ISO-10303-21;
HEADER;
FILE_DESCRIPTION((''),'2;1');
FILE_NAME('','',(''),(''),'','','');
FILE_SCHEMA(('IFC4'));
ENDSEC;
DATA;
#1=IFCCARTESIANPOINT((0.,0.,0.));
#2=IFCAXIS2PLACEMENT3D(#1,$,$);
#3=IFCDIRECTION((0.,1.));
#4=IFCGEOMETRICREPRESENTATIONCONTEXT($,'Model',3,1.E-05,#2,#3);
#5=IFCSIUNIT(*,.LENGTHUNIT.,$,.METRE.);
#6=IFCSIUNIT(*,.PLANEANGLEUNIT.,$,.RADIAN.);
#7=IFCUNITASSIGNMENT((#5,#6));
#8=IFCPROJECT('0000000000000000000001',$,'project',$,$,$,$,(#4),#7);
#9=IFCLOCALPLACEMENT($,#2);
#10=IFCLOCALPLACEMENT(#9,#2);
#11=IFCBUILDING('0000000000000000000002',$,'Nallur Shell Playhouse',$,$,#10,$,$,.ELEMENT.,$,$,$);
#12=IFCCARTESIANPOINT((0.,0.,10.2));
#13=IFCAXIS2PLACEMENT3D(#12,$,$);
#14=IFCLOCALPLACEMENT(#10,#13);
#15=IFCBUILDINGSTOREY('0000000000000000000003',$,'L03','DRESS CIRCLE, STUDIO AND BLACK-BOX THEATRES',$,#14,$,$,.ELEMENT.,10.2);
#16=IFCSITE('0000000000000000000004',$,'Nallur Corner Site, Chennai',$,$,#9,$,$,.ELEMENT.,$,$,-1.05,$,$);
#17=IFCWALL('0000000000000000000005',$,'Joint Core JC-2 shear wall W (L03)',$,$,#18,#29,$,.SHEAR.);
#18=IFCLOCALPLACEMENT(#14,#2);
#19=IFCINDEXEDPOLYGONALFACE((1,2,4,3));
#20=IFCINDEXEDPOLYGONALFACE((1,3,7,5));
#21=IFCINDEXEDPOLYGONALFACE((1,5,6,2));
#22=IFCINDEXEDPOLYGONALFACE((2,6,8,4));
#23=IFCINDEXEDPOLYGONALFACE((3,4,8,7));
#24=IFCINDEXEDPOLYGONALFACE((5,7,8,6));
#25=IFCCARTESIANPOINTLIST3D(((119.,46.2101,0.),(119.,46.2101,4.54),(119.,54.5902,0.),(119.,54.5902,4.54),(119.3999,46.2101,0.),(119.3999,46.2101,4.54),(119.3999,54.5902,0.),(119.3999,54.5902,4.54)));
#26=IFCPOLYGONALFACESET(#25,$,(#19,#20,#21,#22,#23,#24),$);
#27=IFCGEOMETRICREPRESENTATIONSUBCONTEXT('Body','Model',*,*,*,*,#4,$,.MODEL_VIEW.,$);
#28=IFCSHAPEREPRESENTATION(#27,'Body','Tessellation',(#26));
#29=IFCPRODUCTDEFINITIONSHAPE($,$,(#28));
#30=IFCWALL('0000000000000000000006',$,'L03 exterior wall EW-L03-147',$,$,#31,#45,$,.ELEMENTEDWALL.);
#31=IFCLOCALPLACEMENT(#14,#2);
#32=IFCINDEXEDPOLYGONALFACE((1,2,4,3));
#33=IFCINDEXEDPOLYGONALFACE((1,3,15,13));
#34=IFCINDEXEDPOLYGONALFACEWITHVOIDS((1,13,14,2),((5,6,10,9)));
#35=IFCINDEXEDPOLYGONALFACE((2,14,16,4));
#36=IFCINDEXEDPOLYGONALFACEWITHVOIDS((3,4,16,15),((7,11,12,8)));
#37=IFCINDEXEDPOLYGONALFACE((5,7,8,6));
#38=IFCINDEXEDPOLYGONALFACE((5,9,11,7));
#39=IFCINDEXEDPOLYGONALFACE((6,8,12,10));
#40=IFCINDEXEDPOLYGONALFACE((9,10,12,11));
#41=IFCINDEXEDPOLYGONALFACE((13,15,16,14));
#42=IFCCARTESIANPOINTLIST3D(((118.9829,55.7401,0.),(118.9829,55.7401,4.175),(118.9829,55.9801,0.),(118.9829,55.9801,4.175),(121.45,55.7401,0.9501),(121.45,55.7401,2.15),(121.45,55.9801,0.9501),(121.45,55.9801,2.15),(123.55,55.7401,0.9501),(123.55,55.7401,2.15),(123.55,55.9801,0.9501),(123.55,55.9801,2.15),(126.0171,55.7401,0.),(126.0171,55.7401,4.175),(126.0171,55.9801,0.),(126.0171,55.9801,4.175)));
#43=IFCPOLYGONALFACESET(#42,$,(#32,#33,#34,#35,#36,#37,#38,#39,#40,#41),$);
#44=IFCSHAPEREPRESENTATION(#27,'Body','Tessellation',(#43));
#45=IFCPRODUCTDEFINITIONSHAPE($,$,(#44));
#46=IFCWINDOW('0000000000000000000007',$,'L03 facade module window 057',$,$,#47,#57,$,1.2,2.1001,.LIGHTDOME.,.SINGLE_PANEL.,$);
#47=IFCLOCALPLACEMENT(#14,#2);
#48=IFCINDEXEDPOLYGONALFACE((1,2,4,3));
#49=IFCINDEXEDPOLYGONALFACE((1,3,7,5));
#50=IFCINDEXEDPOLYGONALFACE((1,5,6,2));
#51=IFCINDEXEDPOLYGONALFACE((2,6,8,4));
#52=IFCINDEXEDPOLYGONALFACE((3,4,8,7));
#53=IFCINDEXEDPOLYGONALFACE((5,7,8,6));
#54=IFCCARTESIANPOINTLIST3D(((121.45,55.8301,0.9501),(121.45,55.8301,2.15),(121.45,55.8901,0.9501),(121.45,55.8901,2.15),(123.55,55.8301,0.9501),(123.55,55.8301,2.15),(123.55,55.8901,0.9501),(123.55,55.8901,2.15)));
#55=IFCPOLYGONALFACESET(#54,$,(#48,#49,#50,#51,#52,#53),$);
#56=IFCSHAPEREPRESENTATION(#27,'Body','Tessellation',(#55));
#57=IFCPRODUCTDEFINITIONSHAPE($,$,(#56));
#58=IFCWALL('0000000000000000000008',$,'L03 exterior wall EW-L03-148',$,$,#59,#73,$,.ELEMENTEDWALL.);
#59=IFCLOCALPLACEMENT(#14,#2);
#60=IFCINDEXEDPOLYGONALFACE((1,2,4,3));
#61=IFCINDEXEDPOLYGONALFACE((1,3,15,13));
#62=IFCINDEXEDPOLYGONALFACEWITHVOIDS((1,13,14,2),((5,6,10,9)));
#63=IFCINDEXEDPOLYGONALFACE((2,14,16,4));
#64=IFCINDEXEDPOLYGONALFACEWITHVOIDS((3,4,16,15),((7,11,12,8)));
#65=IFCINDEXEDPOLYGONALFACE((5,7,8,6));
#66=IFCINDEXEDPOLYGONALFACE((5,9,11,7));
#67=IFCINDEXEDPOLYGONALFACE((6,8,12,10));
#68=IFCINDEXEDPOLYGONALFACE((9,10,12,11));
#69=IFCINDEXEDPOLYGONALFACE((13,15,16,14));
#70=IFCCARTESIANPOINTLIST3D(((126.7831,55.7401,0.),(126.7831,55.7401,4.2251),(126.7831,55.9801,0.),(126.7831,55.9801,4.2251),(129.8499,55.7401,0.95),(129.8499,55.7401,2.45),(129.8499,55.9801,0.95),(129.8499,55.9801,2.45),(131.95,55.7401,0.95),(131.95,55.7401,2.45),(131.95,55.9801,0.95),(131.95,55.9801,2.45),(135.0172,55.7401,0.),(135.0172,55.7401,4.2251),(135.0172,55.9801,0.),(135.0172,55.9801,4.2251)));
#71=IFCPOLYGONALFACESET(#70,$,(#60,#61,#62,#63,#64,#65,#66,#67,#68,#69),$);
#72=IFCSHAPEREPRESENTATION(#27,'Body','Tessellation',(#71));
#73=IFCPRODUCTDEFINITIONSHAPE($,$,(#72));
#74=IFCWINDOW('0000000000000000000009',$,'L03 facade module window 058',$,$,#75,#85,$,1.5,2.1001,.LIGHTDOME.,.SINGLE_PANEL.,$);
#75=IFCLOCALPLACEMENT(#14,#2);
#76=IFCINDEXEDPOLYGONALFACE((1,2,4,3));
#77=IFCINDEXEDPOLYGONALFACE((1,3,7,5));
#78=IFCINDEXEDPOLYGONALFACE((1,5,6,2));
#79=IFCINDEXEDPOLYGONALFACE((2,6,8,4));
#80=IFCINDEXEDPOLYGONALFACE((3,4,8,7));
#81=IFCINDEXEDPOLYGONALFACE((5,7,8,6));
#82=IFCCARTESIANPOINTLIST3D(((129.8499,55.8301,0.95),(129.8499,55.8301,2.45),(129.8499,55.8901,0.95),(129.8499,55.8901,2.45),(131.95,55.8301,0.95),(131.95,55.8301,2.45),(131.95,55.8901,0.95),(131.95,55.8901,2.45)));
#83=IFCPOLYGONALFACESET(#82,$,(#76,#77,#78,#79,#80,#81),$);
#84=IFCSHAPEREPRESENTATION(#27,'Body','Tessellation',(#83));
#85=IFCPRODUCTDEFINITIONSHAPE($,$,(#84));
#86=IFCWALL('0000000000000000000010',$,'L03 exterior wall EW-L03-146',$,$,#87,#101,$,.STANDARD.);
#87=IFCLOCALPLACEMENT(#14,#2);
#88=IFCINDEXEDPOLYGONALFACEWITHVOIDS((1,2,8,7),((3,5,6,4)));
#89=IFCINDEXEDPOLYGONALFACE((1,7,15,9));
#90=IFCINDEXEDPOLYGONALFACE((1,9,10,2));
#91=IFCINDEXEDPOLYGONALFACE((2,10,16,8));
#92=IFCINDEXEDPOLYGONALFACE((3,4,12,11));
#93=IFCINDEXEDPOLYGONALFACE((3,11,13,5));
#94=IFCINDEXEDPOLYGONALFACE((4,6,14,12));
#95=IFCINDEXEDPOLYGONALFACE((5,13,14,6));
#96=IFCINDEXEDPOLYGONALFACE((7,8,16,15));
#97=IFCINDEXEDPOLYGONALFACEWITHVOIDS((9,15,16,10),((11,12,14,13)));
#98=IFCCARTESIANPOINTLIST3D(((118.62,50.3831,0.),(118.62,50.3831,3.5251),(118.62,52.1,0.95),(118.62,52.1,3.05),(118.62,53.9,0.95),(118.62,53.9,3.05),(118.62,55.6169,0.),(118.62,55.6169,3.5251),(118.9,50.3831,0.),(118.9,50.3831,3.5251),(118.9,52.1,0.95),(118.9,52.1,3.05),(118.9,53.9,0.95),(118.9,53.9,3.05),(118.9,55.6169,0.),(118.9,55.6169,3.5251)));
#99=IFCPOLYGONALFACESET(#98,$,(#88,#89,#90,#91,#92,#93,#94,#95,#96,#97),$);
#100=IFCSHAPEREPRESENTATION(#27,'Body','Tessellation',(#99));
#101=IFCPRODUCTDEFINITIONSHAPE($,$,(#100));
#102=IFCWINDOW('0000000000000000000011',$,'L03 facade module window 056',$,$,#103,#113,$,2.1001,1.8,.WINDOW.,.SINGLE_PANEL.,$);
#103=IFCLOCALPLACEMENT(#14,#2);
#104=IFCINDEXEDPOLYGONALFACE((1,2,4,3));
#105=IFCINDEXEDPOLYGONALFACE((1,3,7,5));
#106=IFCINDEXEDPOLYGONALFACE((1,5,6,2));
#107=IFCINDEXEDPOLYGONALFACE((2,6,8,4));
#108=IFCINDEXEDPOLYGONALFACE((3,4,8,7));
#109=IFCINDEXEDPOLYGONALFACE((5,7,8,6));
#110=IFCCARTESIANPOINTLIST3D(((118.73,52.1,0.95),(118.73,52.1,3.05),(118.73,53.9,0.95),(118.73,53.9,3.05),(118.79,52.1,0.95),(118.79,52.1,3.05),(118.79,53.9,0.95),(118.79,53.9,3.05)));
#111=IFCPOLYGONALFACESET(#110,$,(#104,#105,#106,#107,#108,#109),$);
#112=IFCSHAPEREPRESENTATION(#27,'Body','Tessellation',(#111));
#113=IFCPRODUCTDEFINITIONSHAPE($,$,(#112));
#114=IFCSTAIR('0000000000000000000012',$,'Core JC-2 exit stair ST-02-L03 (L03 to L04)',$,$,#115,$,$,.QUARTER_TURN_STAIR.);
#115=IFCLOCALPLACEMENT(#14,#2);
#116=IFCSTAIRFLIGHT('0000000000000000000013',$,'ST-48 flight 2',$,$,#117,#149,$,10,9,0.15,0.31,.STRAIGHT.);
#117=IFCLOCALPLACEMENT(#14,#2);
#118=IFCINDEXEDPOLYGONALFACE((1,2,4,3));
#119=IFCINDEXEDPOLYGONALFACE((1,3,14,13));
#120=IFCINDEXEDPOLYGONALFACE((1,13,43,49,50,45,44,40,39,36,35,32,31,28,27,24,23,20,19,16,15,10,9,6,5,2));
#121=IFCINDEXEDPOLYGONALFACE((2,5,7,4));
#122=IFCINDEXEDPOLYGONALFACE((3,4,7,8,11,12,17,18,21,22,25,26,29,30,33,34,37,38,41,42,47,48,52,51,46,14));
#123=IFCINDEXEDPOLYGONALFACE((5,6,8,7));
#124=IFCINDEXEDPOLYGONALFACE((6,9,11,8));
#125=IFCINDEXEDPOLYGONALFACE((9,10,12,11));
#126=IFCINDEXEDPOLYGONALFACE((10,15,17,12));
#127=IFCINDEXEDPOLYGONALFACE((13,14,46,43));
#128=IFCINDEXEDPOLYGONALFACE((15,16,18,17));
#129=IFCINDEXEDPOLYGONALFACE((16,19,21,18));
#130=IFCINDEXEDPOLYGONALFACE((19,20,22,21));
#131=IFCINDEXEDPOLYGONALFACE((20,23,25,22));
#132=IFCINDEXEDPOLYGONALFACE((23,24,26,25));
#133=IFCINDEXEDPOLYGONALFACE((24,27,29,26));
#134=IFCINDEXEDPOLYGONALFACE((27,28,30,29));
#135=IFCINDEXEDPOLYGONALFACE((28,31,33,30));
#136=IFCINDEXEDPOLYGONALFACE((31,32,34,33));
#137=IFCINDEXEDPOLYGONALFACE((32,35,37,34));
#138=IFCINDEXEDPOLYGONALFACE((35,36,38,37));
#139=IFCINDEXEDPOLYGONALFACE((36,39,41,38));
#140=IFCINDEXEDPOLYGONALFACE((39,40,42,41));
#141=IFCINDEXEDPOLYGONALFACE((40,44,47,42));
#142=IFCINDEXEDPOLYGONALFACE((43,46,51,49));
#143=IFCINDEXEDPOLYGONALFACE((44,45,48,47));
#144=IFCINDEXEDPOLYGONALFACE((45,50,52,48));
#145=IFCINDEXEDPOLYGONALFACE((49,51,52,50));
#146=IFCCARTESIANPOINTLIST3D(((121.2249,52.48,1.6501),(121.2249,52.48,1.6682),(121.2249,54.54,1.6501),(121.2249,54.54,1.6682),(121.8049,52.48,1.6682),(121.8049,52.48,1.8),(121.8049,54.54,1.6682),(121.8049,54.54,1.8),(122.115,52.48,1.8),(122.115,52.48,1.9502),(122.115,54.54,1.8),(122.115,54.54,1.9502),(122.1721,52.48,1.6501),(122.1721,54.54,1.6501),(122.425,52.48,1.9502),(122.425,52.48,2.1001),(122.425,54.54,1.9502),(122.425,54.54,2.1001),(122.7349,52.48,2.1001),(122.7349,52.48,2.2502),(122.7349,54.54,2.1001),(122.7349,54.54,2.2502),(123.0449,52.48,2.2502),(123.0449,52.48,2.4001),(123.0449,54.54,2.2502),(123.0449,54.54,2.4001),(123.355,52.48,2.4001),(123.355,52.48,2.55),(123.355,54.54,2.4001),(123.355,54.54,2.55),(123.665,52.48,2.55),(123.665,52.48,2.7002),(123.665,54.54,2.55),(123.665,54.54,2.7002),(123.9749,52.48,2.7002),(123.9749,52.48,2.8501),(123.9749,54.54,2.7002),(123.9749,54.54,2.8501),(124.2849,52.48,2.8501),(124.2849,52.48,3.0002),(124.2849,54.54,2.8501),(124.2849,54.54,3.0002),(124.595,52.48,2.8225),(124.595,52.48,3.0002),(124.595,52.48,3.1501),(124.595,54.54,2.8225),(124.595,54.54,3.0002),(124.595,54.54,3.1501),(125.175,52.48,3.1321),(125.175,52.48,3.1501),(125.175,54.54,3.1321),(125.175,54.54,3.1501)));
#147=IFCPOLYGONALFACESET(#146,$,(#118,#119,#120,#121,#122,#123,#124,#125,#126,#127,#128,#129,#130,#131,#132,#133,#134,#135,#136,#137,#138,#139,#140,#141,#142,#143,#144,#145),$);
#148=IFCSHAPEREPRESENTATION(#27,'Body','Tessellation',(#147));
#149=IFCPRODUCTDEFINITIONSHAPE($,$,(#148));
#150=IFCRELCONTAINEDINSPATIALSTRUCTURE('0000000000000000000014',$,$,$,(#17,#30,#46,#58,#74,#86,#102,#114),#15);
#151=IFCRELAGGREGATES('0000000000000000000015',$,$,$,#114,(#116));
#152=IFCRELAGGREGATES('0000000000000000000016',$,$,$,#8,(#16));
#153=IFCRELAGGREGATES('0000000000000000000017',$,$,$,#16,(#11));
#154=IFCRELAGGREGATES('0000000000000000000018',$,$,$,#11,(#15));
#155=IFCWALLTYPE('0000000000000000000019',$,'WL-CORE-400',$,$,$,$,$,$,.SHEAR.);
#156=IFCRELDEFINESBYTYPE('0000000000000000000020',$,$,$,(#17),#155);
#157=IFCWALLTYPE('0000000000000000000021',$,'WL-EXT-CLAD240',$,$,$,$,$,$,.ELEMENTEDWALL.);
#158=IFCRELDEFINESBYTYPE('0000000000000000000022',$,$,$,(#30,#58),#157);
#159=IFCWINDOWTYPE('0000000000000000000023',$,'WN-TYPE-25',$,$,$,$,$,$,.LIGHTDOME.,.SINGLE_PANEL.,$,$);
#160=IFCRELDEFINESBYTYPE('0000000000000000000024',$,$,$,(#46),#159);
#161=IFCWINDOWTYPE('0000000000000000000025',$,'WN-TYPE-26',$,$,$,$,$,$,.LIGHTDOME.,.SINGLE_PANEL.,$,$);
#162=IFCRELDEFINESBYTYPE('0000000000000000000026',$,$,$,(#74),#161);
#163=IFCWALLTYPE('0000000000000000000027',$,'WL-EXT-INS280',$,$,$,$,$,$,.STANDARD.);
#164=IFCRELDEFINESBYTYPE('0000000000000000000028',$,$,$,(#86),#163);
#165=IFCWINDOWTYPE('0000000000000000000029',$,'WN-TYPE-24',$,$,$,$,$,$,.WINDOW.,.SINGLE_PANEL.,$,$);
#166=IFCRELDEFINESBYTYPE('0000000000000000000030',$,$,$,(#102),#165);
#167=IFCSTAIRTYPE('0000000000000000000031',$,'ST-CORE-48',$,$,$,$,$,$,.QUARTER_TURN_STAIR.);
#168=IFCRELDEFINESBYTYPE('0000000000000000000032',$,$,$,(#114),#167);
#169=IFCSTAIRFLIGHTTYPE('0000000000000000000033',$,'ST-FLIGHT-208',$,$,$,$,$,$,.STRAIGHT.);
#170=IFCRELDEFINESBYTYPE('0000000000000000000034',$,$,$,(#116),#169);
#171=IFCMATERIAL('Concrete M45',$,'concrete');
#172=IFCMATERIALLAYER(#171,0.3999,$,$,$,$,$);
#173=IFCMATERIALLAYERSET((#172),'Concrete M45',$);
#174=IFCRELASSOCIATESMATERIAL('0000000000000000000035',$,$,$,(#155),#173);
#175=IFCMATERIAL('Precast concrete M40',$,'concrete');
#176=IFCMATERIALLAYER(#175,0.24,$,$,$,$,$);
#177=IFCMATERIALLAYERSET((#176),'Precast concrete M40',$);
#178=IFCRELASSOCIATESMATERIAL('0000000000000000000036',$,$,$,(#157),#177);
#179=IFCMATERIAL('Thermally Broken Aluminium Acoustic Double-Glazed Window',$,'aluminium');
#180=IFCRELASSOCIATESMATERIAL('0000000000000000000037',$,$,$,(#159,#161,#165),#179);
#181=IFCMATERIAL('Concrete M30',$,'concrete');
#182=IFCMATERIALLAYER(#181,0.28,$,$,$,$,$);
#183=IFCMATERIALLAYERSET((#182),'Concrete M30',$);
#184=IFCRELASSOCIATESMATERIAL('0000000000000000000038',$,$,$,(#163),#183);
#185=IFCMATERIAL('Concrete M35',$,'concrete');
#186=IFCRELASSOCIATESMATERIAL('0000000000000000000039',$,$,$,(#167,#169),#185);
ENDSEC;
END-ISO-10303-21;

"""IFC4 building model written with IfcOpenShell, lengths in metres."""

from ifc_helpers import new_model, si_unit, direction, frame, frame_2d, origin, place, context, subcontext, project, spatial, polyline, rectangle, outline, extrude, material, layer, layer_set, type_object, element, fill, aggregate, save


model = new_model("IFC4")

# Units and contexts
model_context = context("Model", 3, precision=1e-05, world=origin(), true_north=direction((0.0, 1.0)))
body_context = subcontext(model_context, "Body", "Model", "MODEL_VIEW")
ifc_project = project(units=[si_unit("LENGTHUNIT", "METRE"), si_unit("PLANEANGLEUNIT", "RADIAN")], contexts=[model_context])

# Site, building, storey
site_placement = place(None, origin())
site = spatial("IfcSite", under=ifc_project, at=site_placement, Name="Nallur Corner Site, Chennai", CompositionType="ELEMENT", RefElevation=-1.05)
building_placement = place(site_placement, origin())
building = spatial("IfcBuilding", under=site, at=building_placement, Name="Nallur Shell Playhouse", CompositionType="ELEMENT")
storey_placement = place(building_placement, frame((0.0, 0.0, 10.2)))
storey = spatial("IfcBuildingStorey", under=building, at=storey_placement, Name="L03", Description="DRESS CIRCLE, STUDIO AND BLACK-BOX THEATRES", CompositionType="ELEMENT", Elevation=10.2)

# Shared definitions
ifc_material_1 = material(Name="Concrete M35", Category="concrete")

# Wall
ifc_material_2 = material(Name="Concrete M45", Category="concrete")
ifc_layer_1 = layer(ifc_material_2, 0.3999)
ifc_layer_set_1 = layer_set([ifc_layer_1], Name="Concrete M45")
wall_type_1 = type_object("IfcWallType", Name="WL-CORE-400", PredefinedType="SHEAR", material=ifc_layer_set_1)
wall_1_placement = place(storey_placement, frame((119.2, 54.5901, 0.0), z_axis=(0.0, 0.0, 1.0), x_axis=(0.0, -1.0, 0.0)))
element("IfcWall", 1, at=wall_1_placement, inside=storey, type_object=wall_type_1, Name="Joint Core JC-2 shear wall W (L03)", PredefinedType="SHEAR", context=body_context, shape_type="SweptSolid", body=[
    extrude(rectangle(XDim=8.3801, YDim=0.3999, at=frame_2d((4.1899, 0.0))), origin(), (0.0, 0.0, 1.0), 4.54),
])

# Walls, openings, windows
ifc_material_3 = material(Name="Precast concrete M40", Category="concrete")
ifc_layer_2 = layer(ifc_material_3, 0.24)
ifc_layer_set_2 = layer_set([ifc_layer_2], Name="Precast concrete M40")
wall_type_2 = type_object("IfcWallType", Name="WL-EXT-CLAD240", PredefinedType="ELEMENTEDWALL", material=ifc_layer_set_2)
wall_2_placement = place(storey_placement, frame((118.9829, 55.8601, 0.0), z_axis=(0.0, 0.0, 1.0), x_axis=(1.0, 0.0, 0.0)))
wall_2 = element("IfcWall", 2, at=wall_2_placement, inside=storey, type_object=wall_type_2, Name="L03 exterior wall EW-L03-147", PredefinedType="ELEMENTEDWALL", context=body_context, shape_type="SweptSolid", body=[
    extrude(rectangle(XDim=7.0342, YDim=0.24, at=frame_2d((3.5171, 0.0))), origin(), (0.0, 0.0, 1.0), 4.175),
])
opening_1_placement = place(wall_2_placement, frame((2.467, 0.0, 0.95)))
opening_1 = element("IfcOpeningElement", 3, at=opening_1_placement, cuts=wall_2, PredefinedType="OPENING", context=body_context, shape_type="SweptSolid", body=[
    extrude(rectangle(XDim=2.1001, YDim=1.2, at=frame_2d((1.05, 0.6001))), frame((0.0, 0.1299, 0.0), z_axis=(0.0, -1.0, 0.0), x_axis=(1.0, 0.0, 0.0)), (0.0, 0.0, 1.0), 0.26),
])
ifc_material_4 = material(Name="Thermally Broken Aluminium Acoustic Double-Glazed Window", Category="aluminium")
window_type_1 = type_object("IfcWindowType", Name="WN-TYPE-25", PartitioningType="SINGLE_PANEL", PredefinedType="LIGHTDOME", material=ifc_material_4)
window_1_placement = place(opening_1_placement, origin())
window_1 = element("IfcWindow", 4, at=window_1_placement, inside=storey, type_object=window_type_1, Name="L03 facade module window 057", OverallHeight=1.2, OverallWidth=2.1001, PartitioningType="SINGLE_PANEL", PredefinedType="LIGHTDOME", context=body_context, shape_type="SweptSolid", body=[
    extrude(rectangle(XDim=2.1001, YDim=1.2, at=frame_2d((1.05, 0.6001))), frame((0.0, 0.03, 0.0), z_axis=(0.0, -1.0, 0.0), x_axis=(1.0, 0.0, 0.0)), (0.0, 0.0, 1.0), 0.0601),
])
fill(opening_1, window_1)
wall_3_placement = place(storey_placement, frame((126.783, 55.8601, 0.0), z_axis=(0.0, 0.0, 1.0), x_axis=(1.0, 0.0, 0.0)))
wall_3 = element("IfcWall", 5, at=wall_3_placement, inside=storey, type_object=wall_type_2, Name="L03 exterior wall EW-L03-148", PredefinedType="ELEMENTEDWALL", context=body_context, shape_type="SweptSolid", body=[
    extrude(rectangle(XDim=8.2341, YDim=0.24, at=frame_2d((4.1172, 0.0))), origin(), (0.0, 0.0, 1.0), 4.2251),
])
opening_2_placement = place(wall_3_placement, frame((3.0669, 0.0, 0.95)))
opening_2 = element("IfcOpeningElement", 6, at=opening_2_placement, cuts=wall_3, PredefinedType="OPENING", context=body_context, shape_type="SweptSolid", body=[
    extrude(rectangle(XDim=2.1001, YDim=1.5, at=frame_2d((1.05, 0.75))), frame((0.0, 0.1299, 0.0), z_axis=(0.0, -1.0, 0.0), x_axis=(1.0, 0.0, 0.0)), (0.0, 0.0, 1.0), 0.26),
])
window_type_2 = type_object("IfcWindowType", Name="WN-TYPE-26", PartitioningType="SINGLE_PANEL", PredefinedType="LIGHTDOME", material=ifc_material_4)
window_2_placement = place(opening_2_placement, origin())
window_2 = element("IfcWindow", 7, at=window_2_placement, inside=storey, type_object=window_type_2, Name="L03 facade module window 058", OverallHeight=1.5, OverallWidth=2.1001, PartitioningType="SINGLE_PANEL", PredefinedType="LIGHTDOME", context=body_context, shape_type="SweptSolid", body=[
    extrude(rectangle(XDim=2.1001, YDim=1.5, at=frame_2d((1.05, 0.75))), frame((0.0, 0.03, 0.0), z_axis=(0.0, -1.0, 0.0), x_axis=(1.0, 0.0, 0.0)), (0.0, 0.0, 1.0), 0.0601),
])
fill(opening_2, window_2)
ifc_material_5 = material(Name="Concrete M30", Category="concrete")
ifc_layer_3 = layer(ifc_material_5, 0.28)
ifc_layer_set_3 = layer_set([ifc_layer_3], Name="Concrete M30")
wall_type_3 = type_object("IfcWallType", Name="WL-EXT-INS280", PredefinedType="STANDARD", material=ifc_layer_set_3)
wall_4_placement = place(storey_placement, frame((118.76, 50.3831, 0.0), z_axis=(0.0, 0.0, 1.0), x_axis=(0.0, 1.0, 0.0)))
wall_4 = element("IfcWall", 8, at=wall_4_placement, inside=storey, type_object=wall_type_3, Name="L03 exterior wall EW-L03-146", PredefinedType="STANDARD", context=body_context, shape_type="SweptSolid", body=[
    extrude(rectangle(XDim=5.2339, YDim=0.28, at=frame_2d((2.6169, 0.0))), origin(), (0.0, 0.0, 1.0), 3.5251),
])
opening_3_placement = place(wall_4_placement, frame((1.717, 0.0, 0.95)))
opening_3 = element("IfcOpeningElement", 9, at=opening_3_placement, cuts=wall_4, PredefinedType="OPENING", context=body_context, shape_type="SweptSolid", body=[
    extrude(rectangle(XDim=1.8, YDim=2.1001, at=frame_2d((0.8999, 1.05))), frame((0.0, 0.1499, 0.0), z_axis=(0.0, -1.0, 0.0), x_axis=(1.0, 0.0, 0.0)), (0.0, 0.0, 1.0), 0.3),
])
window_type_3 = type_object("IfcWindowType", Name="WN-TYPE-24", PartitioningType="SINGLE_PANEL", PredefinedType="WINDOW", material=ifc_material_4)
window_3_placement = place(opening_3_placement, origin())
window_3 = element("IfcWindow", 10, at=window_3_placement, inside=storey, type_object=window_type_3, Name="L03 facade module window 056", OverallHeight=2.1001, OverallWidth=1.8, PartitioningType="SINGLE_PANEL", PredefinedType="WINDOW", context=body_context, shape_type="SweptSolid", body=[
    extrude(rectangle(XDim=1.8, YDim=2.1001, at=frame_2d((0.8999, 1.05))), frame((0.0, 0.03, 0.0), z_axis=(0.0, -1.0, 0.0), x_axis=(1.0, 0.0, 0.0)), (0.0, 0.0, 1.0), 0.0601),
])
fill(opening_3, window_3)

# Stair, stair flight
stair_type = type_object("IfcStairType", Name="ST-CORE-48", PredefinedType="QUARTER_TURN_STAIR", material=ifc_material_1)
stair_placement = place(storey_placement, origin())
stair = element("IfcStair", 11, at=stair_placement, inside=storey, type_object=stair_type, Name="Core JC-2 exit stair ST-02-L03 (L03 to L04)", PredefinedType="QUARTER_TURN_STAIR")
stair_flight_type = type_object("IfcStairFlightType", Name="ST-FLIGHT-208", PredefinedType="STRAIGHT", material=ifc_material_1)
stair_flight_1_placement = place(storey_placement, frame((121.8049, 53.51, 1.6501), z_axis=(0.0, 0.0, 1.0), x_axis=(1.0, 0.0, 0.0)))
stair_flight_1 = element("IfcStairFlight", 12, at=stair_flight_1_placement, type_object=stair_flight_type, Name="ST-48 flight 2", NumberOfRisers=10, NumberOfTreads=9, PredefinedType="STRAIGHT", RiserHeight=0.15, TreadLength=0.31, context=body_context, shape_type="SweptSolid", body=[
    extrude(outline(polyline([(-0.5801, 0.0), (-0.5801, 0.0181), (0.0, 0.0181), (0.0, 0.1499), (0.3101, 0.1499), (0.3101, 0.3), (0.6201, 0.3), (0.6201, 0.45), (0.9299, 0.45), (0.9299, 0.6001), (1.24, 0.6001), (1.24, 0.75), (1.55, 0.75), (1.55, 0.8999), (1.8601, 0.8999), (1.8601, 1.05), (2.1699, 1.05), (2.1699, 1.2), (2.48, 1.2), (2.48, 1.3501), (2.79, 1.3501), (2.79, 1.5), (3.3701, 1.5), (3.3701, 1.4819), (2.79, 1.1724), (0.3672, 0.0), (-0.5801, 0.0)])), frame((0.0, 1.03, 0.0), z_axis=(0.0, -1.0, 0.0), x_axis=(1.0, 0.0, 0.0)), (0.0, 0.0, 1.0), 2.0601),
])
aggregate(stair, [stair_flight_1])

save(model, "model.ifc")
